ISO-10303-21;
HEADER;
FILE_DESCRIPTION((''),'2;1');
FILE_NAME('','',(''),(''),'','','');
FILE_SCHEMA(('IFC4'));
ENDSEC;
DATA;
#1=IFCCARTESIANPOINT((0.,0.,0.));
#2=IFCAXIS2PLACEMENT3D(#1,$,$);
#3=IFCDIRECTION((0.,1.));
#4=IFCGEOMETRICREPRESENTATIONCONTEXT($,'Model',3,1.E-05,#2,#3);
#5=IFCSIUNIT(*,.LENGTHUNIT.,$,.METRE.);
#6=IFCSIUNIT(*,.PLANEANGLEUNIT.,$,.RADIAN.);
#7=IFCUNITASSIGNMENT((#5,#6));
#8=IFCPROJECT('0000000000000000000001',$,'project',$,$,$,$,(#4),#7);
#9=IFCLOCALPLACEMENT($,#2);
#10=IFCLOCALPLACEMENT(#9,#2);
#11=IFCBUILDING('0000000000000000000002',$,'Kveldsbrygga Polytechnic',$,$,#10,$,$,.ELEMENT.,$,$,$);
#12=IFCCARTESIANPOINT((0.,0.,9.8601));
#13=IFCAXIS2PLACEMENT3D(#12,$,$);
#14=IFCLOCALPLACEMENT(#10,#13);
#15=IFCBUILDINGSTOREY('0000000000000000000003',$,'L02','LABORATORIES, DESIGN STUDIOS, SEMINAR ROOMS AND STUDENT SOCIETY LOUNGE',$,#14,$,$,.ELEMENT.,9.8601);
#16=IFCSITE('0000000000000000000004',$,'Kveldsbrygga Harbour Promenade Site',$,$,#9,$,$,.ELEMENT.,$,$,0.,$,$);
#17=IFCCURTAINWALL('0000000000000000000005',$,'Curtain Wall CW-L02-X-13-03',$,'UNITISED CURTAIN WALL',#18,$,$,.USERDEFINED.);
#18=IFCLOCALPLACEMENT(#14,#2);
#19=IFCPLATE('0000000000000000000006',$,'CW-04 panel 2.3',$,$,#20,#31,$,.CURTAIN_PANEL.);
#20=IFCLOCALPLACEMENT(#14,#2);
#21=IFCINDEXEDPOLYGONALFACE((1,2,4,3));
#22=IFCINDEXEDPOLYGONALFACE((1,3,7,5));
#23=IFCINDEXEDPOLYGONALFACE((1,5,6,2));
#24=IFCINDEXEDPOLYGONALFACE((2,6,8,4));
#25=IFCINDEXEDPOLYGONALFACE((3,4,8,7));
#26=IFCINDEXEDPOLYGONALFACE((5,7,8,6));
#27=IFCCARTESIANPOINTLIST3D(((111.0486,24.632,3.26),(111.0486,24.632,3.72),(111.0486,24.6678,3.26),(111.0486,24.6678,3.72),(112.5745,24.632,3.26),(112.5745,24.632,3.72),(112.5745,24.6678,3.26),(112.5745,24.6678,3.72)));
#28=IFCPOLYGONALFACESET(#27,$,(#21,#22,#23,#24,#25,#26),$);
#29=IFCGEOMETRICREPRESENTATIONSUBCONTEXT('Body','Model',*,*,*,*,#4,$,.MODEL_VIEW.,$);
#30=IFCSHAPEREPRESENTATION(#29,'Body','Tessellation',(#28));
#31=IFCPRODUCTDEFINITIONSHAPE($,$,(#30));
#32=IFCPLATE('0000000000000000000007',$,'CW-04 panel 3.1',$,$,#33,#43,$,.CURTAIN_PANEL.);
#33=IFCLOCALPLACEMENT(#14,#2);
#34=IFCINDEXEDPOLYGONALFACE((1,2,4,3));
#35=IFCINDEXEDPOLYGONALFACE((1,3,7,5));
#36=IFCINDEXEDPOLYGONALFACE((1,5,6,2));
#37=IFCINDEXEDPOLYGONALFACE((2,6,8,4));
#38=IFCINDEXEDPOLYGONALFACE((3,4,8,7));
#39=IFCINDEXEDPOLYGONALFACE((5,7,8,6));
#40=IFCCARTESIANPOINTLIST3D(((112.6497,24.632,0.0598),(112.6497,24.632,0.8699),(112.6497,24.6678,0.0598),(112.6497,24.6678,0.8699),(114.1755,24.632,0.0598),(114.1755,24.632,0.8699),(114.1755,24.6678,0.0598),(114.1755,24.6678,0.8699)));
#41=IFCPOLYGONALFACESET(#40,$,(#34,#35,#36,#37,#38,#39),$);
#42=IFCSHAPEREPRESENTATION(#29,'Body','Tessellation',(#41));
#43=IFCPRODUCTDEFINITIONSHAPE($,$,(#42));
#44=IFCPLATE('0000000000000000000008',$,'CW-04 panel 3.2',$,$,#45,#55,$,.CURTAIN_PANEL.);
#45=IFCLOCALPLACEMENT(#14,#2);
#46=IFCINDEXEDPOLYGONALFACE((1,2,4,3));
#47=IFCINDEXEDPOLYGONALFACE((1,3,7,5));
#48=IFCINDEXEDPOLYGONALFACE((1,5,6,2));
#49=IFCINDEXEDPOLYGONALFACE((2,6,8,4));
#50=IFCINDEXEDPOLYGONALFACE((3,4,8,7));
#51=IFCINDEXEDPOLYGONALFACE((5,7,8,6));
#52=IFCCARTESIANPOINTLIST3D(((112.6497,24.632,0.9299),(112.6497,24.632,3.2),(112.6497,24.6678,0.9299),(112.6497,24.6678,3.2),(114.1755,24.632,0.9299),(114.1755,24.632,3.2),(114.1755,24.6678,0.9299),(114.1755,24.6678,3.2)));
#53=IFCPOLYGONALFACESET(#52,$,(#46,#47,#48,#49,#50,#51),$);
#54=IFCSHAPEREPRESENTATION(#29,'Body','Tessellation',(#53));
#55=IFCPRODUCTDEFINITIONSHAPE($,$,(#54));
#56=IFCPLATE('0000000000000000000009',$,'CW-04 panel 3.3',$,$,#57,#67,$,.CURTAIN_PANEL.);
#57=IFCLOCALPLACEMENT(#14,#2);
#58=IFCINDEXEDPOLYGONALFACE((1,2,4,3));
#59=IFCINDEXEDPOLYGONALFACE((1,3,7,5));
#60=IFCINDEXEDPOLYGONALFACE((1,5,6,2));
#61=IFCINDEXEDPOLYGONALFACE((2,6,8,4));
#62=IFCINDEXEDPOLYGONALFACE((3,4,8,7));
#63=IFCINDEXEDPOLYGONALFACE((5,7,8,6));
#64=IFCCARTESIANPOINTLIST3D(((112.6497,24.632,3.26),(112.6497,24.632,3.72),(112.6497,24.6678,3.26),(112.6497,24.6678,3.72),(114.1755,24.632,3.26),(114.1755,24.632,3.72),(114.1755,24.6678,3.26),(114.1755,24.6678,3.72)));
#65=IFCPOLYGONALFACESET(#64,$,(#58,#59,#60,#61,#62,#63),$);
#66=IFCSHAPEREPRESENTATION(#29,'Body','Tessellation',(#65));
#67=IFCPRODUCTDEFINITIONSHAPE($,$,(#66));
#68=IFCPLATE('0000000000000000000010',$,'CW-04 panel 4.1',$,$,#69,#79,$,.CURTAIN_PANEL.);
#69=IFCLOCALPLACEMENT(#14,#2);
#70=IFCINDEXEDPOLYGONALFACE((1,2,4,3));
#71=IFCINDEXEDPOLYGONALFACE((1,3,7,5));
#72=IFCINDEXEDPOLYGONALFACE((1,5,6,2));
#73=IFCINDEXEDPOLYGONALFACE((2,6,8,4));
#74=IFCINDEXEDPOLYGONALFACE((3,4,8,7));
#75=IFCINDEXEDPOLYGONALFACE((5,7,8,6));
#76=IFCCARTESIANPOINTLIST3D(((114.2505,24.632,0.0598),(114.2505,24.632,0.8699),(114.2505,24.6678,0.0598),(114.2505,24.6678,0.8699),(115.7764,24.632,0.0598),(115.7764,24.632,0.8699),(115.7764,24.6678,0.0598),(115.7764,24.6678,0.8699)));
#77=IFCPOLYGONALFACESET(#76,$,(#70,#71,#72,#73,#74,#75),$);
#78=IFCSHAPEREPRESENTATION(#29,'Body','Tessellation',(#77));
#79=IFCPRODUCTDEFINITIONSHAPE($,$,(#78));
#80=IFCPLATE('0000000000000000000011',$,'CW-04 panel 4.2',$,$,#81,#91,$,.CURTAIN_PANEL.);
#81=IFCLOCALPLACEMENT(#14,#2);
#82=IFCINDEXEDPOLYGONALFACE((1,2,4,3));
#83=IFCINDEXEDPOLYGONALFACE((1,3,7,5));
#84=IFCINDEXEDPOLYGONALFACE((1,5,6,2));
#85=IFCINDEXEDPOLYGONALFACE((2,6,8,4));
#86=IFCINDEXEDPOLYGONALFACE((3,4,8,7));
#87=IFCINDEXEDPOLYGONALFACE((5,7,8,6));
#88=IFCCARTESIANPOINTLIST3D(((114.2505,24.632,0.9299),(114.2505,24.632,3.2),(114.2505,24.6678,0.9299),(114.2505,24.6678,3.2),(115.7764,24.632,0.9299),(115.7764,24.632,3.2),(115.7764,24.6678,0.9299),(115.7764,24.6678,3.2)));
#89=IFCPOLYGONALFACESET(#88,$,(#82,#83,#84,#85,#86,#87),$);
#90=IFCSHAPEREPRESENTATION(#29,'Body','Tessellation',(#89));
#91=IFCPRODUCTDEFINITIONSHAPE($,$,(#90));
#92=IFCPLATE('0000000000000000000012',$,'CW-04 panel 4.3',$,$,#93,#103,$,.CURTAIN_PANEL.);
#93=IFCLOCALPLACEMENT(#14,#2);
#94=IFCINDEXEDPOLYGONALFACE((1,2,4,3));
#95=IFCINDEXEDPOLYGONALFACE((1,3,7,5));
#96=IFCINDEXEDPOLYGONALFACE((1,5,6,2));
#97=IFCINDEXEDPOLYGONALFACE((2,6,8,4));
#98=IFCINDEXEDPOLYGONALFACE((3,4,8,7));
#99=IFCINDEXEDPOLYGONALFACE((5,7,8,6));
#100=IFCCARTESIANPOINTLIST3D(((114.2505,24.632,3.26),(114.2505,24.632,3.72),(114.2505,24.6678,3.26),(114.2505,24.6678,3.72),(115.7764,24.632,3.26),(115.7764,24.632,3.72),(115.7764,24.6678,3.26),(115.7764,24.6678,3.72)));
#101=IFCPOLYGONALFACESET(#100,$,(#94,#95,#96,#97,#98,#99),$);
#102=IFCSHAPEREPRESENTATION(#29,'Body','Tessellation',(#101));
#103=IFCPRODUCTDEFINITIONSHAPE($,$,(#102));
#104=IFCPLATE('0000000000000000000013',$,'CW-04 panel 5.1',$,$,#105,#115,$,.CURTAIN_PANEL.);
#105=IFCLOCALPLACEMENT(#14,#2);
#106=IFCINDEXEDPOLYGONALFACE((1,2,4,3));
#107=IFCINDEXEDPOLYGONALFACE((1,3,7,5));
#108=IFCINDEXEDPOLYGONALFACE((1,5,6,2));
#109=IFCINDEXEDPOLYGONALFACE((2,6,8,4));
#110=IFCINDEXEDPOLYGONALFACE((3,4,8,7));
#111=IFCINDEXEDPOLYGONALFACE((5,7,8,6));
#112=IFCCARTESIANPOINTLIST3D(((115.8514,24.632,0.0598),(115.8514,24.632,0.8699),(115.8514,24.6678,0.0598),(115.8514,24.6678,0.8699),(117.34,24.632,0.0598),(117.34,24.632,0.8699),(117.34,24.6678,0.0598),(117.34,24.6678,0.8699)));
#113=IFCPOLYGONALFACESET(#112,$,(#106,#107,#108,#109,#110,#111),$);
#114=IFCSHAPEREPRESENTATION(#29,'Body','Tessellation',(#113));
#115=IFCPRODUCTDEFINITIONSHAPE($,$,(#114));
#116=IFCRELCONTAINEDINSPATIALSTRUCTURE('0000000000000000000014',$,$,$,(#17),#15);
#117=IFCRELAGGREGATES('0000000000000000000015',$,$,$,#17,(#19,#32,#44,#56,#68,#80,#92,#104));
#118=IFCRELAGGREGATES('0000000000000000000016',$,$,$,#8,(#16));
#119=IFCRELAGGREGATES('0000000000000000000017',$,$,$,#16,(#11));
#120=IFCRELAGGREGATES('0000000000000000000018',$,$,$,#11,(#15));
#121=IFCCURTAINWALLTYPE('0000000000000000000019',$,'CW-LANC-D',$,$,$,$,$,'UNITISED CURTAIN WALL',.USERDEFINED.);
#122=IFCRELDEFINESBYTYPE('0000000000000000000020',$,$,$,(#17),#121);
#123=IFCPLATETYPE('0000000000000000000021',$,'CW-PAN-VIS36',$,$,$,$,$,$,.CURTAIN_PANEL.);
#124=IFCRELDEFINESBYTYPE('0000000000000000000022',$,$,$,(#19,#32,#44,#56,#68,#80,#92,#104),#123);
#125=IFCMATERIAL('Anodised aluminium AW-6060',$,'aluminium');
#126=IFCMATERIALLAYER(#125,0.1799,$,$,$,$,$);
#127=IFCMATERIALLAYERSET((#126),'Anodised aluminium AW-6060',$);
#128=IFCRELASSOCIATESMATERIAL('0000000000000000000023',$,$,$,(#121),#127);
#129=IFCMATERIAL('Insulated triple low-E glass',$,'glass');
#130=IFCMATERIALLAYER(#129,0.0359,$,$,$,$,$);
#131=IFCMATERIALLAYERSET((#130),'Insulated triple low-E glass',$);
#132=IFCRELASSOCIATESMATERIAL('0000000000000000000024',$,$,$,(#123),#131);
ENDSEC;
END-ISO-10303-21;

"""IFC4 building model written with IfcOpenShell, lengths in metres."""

from ifc_helpers import new_model, si_unit, direction, frame, origin, origin_2d, place, context, subcontext, project, spatial, rectangle, extrude, material, layer, layer_set, type_object, element, aggregate, save


model = new_model("IFC4")

# Units and contexts
model_context = context("Model", 3, precision=1e-05, world=origin(), true_north=direction((0.0, 1.0)))
body_context = subcontext(model_context, "Body", "Model", "MODEL_VIEW")
ifc_project = project(units=[si_unit("LENGTHUNIT", "METRE"), si_unit("PLANEANGLEUNIT", "RADIAN")], contexts=[model_context])

# Site, building, storey
site_placement = place(None, origin())
site = spatial("IfcSite", under=ifc_project, at=site_placement, Name="Kveldsbrygga Harbour Promenade Site", CompositionType="ELEMENT", RefElevation=0.0)
building_placement = place(site_placement, origin())
building = spatial("IfcBuilding", under=site, at=building_placement, Name="Kveldsbrygga Polytechnic", CompositionType="ELEMENT")
storey_placement = place(building_placement, frame((0.0, 0.0, 9.8601)))
storey = spatial("IfcBuildingStorey", under=building, at=storey_placement, Name="L02", Description="LABORATORIES, DESIGN STUDIOS, SEMINAR ROOMS AND STUDENT SOCIETY LOUNGE", CompositionType="ELEMENT", Elevation=9.8601)

# Curtain wall, plates
ifc_material_1 = material(Name="Anodised aluminium AW-6060", Category="aluminium")
ifc_layer_1 = layer(ifc_material_1, 0.1799)
ifc_layer_set_1 = layer_set([ifc_layer_1], Name="Anodised aluminium AW-6060")
curtain_wall_type = type_object("IfcCurtainWallType", Name="CW-LANC-D", ElementType="UNITISED CURTAIN WALL", PredefinedType="USERDEFINED", material=ifc_layer_set_1)
curtain_wall_placement = place(storey_placement, origin())
curtain_wall = element("IfcCurtainWall", 1, at=curtain_wall_placement, inside=storey, type_object=curtain_wall_type, Name="Curtain Wall CW-L02-X-13-03", ObjectType="UNITISED CURTAIN WALL", PredefinedType="USERDEFINED")
ifc_material_2 = material(Name="Insulated triple low-E glass", Category="glass")
ifc_layer_2 = layer(ifc_material_2, 0.0359)
ifc_layer_set_2 = layer_set([ifc_layer_2], Name="Insulated triple low-E glass")
plate_type = type_object("IfcPlateType", Name="CW-PAN-VIS36", PredefinedType="CURTAIN_PANEL", material=ifc_layer_set_2)
plate_1_placement = place(storey_placement, frame((111.8115, 24.6499, 3.26), z_axis=(0.0, 0.0, 1.0), x_axis=(1.0, 0.0, 0.0)))
plate_1 = element("IfcPlate", 2, at=plate_1_placement, type_object=plate_type, Name="CW-04 panel 2.3", PredefinedType="CURTAIN_PANEL", context=body_context, shape_type="SweptSolid", body=[
    extrude(rectangle(XDim=1.5259, YDim=0.0359, at=origin_2d()), origin(), (0.0, 0.0, 1.0), 0.46),
])
plate_2_placement = place(storey_placement, frame((113.4126, 24.6499, 0.0598), z_axis=(0.0, 0.0, 1.0), x_axis=(1.0, 0.0, 0.0)))
plate_2 = element("IfcPlate", 3, at=plate_2_placement, type_object=plate_type, Name="CW-04 panel 3.1", PredefinedType="CURTAIN_PANEL", context=body_context, shape_type="SweptSolid", body=[
    extrude(rectangle(XDim=1.5259, YDim=0.0359, at=origin_2d()), origin(), (0.0, 0.0, 1.0), 0.8101),
])
plate_3_placement = place(storey_placement, frame((113.4126, 24.6499, 0.9299), z_axis=(0.0, 0.0, 1.0), x_axis=(1.0, 0.0, 0.0)))
plate_3 = element("IfcPlate", 4, at=plate_3_placement, type_object=plate_type, Name="CW-04 panel 3.2", PredefinedType="CURTAIN_PANEL", context=body_context, shape_type="SweptSolid", body=[
    extrude(rectangle(XDim=1.5259, YDim=0.0359, at=origin_2d()), origin(), (0.0, 0.0, 1.0), 2.27),
])
plate_4_placement = place(storey_placement, frame((113.4126, 24.6499, 3.26), z_axis=(0.0, 0.0, 1.0), x_axis=(1.0, 0.0, 0.0)))
plate_4 = element("IfcPlate", 5, at=plate_4_placement, type_object=plate_type, Name="CW-04 panel 3.3", PredefinedType="CURTAIN_PANEL", context=body_context, shape_type="SweptSolid", body=[
    extrude(rectangle(XDim=1.5259, YDim=0.0359, at=origin_2d()), origin(), (0.0, 0.0, 1.0), 0.46),
])
plate_5_placement = place(storey_placement, frame((115.0134, 24.6499, 0.0598), z_axis=(0.0, 0.0, 1.0), x_axis=(1.0, 0.0, 0.0)))
plate_5 = element("IfcPlate", 6, at=plate_5_placement, type_object=plate_type, Name="CW-04 panel 4.1", PredefinedType="CURTAIN_PANEL", context=body_context, shape_type="SweptSolid", body=[
    extrude(rectangle(XDim=1.5259, YDim=0.0359, at=origin_2d()), origin(), (0.0, 0.0, 1.0), 0.8101),
])
plate_6_placement = place(storey_placement, frame((115.0134, 24.6499, 0.9299), z_axis=(0.0, 0.0, 1.0), x_axis=(1.0, 0.0, 0.0)))
plate_6 = element("IfcPlate", 7, at=plate_6_placement, type_object=plate_type, Name="CW-04 panel 4.2", PredefinedType="CURTAIN_PANEL", context=body_context, shape_type="SweptSolid", body=[
    extrude(rectangle(XDim=1.5259, YDim=0.0359, at=origin_2d()), origin(), (0.0, 0.0, 1.0), 2.27),
])
plate_7_placement = place(storey_placement, frame((115.0134, 24.6499, 3.26), z_axis=(0.0, 0.0, 1.0), x_axis=(1.0, 0.0, 0.0)))
plate_7 = element("IfcPlate", 8, at=plate_7_placement, type_object=plate_type, Name="CW-04 panel 4.3", PredefinedType="CURTAIN_PANEL", context=body_context, shape_type="SweptSolid", body=[
    extrude(rectangle(XDim=1.5259, YDim=0.0359, at=origin_2d()), origin(), (0.0, 0.0, 1.0), 0.46),
])
plate_8_placement = place(storey_placement, frame((116.5957, 24.6499, 0.0598), z_axis=(0.0, 0.0, 1.0), x_axis=(1.0, 0.0, 0.0)))
plate_8 = element("IfcPlate", 9, at=plate_8_placement, type_object=plate_type, Name="CW-04 panel 5.1", PredefinedType="CURTAIN_PANEL", context=body_context, shape_type="SweptSolid", body=[
    extrude(rectangle(XDim=1.4885, YDim=0.0359, at=origin_2d()), origin(), (0.0, 0.0, 1.0), 0.8101),
])
aggregate(curtain_wall, [plate_1, plate_2, plate_3, plate_4, plate_5, plate_6, plate_7, plate_8])

save(model, "model.ifc")
